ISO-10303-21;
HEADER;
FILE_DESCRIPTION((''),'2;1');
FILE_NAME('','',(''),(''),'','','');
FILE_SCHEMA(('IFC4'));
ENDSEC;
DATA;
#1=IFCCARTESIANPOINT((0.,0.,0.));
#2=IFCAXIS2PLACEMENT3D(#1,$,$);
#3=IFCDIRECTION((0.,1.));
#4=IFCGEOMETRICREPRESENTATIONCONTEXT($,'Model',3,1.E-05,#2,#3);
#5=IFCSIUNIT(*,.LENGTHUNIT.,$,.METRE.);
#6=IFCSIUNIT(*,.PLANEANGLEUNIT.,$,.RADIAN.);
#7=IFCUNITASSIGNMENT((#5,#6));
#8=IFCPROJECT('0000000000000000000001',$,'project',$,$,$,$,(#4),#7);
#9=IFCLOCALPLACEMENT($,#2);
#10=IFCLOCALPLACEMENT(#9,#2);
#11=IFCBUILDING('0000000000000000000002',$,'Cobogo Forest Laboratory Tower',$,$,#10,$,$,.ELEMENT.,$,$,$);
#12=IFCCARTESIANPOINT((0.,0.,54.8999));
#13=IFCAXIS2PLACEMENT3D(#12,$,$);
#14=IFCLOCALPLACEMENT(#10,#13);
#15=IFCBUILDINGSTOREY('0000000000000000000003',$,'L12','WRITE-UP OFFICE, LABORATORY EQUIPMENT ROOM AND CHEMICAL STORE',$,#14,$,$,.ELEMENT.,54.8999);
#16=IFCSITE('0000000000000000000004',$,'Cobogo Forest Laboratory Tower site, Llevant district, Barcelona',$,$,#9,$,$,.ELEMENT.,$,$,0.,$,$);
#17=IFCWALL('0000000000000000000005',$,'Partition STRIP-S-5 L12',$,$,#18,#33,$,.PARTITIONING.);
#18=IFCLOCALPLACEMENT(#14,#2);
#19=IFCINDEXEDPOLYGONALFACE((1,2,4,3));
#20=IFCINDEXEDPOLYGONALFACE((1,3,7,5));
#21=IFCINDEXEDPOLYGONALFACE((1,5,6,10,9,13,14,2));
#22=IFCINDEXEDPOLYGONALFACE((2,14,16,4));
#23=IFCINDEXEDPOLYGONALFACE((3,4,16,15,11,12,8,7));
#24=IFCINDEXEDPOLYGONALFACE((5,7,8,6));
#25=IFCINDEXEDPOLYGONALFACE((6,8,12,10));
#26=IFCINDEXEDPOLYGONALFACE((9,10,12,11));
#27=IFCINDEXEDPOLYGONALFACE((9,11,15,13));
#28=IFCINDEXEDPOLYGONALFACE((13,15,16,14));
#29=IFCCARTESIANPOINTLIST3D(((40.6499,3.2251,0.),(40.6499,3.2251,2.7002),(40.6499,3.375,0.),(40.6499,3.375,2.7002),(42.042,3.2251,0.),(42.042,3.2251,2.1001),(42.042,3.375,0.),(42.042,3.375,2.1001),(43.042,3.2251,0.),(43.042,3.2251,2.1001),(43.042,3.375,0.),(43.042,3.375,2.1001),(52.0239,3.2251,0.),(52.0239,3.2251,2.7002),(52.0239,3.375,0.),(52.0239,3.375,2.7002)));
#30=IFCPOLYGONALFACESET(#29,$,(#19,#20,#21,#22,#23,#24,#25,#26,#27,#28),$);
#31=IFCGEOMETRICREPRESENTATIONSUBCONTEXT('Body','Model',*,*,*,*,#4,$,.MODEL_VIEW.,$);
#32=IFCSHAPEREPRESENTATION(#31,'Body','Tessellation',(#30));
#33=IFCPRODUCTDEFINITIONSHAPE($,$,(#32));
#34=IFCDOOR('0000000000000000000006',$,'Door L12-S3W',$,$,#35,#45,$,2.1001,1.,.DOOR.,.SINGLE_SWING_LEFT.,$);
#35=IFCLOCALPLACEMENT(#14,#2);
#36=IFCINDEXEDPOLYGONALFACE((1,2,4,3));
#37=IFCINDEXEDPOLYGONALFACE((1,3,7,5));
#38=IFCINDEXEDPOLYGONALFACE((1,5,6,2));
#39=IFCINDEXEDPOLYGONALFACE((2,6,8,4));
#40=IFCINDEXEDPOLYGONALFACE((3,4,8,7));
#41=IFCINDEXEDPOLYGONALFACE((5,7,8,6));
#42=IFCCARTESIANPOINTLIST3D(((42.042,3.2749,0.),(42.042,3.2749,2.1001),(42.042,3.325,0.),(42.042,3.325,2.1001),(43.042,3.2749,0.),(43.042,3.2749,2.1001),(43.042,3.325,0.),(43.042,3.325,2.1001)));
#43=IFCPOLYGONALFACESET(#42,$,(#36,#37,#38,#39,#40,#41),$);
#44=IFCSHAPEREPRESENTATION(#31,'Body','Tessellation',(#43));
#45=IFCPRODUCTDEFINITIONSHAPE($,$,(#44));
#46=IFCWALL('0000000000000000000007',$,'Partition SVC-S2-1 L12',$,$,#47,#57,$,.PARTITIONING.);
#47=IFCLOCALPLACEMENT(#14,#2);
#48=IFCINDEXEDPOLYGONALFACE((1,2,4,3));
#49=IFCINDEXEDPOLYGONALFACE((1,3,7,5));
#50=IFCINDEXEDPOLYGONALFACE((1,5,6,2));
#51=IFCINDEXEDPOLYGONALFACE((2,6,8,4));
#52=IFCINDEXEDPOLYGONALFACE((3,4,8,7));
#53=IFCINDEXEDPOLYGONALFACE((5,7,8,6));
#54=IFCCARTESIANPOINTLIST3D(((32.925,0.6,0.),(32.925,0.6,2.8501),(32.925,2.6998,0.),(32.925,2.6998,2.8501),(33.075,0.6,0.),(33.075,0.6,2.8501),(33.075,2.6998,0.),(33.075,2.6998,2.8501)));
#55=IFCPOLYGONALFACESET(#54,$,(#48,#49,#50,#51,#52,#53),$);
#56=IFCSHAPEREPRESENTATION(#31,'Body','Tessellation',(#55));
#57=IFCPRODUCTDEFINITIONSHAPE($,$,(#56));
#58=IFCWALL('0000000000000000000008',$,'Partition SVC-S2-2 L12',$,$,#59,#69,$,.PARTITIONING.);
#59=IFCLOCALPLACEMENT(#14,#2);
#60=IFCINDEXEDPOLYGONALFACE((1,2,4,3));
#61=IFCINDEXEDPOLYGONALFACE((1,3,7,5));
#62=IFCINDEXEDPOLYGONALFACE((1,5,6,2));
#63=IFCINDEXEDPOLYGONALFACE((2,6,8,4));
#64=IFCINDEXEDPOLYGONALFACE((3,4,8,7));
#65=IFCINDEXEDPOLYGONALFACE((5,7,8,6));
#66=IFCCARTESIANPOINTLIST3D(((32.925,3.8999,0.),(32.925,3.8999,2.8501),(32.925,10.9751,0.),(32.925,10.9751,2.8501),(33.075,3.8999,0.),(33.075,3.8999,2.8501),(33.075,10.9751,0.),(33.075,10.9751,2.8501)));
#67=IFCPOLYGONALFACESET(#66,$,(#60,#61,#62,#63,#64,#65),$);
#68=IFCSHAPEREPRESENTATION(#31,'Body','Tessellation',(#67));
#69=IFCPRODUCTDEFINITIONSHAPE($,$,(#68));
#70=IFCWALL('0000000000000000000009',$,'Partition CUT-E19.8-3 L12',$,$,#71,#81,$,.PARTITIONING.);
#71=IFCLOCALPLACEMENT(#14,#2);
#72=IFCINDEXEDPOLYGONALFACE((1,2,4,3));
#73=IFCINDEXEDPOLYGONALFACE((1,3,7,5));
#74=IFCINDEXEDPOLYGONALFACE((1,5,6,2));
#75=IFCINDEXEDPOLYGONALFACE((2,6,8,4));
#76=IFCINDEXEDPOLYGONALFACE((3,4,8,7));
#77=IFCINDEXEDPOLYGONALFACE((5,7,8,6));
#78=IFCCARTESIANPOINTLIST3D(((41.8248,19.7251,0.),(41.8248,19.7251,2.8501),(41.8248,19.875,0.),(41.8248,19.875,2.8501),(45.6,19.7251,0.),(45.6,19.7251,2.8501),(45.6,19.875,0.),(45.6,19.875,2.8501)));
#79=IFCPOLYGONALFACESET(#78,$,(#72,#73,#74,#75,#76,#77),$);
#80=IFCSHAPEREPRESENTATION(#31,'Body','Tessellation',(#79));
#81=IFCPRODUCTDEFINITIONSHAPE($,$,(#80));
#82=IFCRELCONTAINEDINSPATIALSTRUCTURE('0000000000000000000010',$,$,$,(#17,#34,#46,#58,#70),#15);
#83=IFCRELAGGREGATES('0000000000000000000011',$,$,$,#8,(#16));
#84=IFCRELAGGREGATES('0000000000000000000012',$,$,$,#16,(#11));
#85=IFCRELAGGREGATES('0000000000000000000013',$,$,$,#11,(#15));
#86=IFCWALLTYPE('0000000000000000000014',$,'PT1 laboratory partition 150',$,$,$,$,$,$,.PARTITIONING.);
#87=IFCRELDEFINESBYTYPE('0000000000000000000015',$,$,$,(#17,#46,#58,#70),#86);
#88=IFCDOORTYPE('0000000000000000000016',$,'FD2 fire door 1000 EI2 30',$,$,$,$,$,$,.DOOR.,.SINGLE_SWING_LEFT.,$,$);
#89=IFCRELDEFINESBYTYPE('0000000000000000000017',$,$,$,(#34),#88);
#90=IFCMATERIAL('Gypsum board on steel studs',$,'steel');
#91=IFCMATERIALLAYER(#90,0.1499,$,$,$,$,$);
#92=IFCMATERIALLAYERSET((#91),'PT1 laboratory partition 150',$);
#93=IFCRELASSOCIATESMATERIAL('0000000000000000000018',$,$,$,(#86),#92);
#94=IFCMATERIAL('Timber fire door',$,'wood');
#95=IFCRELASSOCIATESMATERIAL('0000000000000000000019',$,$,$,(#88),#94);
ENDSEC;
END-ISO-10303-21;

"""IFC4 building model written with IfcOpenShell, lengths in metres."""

from ifc_helpers import new_model, si_unit, direction, frame, frame_2d, origin, place, context, subcontext, project, spatial, rectangle, extrude, material, layer, layer_set, type_object, element, fill, save


model = new_model("IFC4")

# Units and contexts
model_context = context("Model", 3, precision=1e-05, world=origin(), true_north=direction((0.0, 1.0)))
body_context = subcontext(model_context, "Body", "Model", "MODEL_VIEW")
ifc_project = project(units=[si_unit("LENGTHUNIT", "METRE"), si_unit("PLANEANGLEUNIT", "RADIAN")], contexts=[model_context])

# Site, building, storey
site_placement = place(None, origin())
site = spatial("IfcSite", under=ifc_project, at=site_placement, Name="Cobogo Forest Laboratory Tower site, Llevant district, Barcelona", CompositionType="ELEMENT", RefElevation=0.0)
building_placement = place(site_placement, origin())
building = spatial("IfcBuilding", under=site, at=building_placement, Name="Cobogo Forest Laboratory Tower", CompositionType="ELEMENT")
storey_placement = place(building_placement, frame((0.0, 0.0, 54.8999)))
storey = spatial("IfcBuildingStorey", under=building, at=storey_placement, Name="L12", Description="WRITE-UP OFFICE, LABORATORY EQUIPMENT ROOM AND CHEMICAL STORE", CompositionType="ELEMENT", Elevation=54.8999)

# Shared definitions
ifc_material_1 = material(Name="Gypsum board on steel studs", Category="steel")
ifc_layer_1 = layer(ifc_material_1, 0.1499)
ifc_layer_set_1 = layer_set([ifc_layer_1], Name="PT1 laboratory partition 150")
wall_type_1 = type_object("IfcWallType", Name="PT1 laboratory partition 150", PredefinedType="PARTITIONING", material=ifc_layer_set_1)

# Wall, opening, door
wall_1_placement = place(storey_placement, frame((40.6499, 3.3, 0.0), z_axis=(0.0, 0.0, 1.0), x_axis=(1.0, 0.0, 0.0)))
wall_1 = element("IfcWall", 1, at=wall_1_placement, inside=storey, type_object=wall_type_1, Name="Partition STRIP-S-5 L12", PredefinedType="PARTITIONING", context=body_context, shape_type="SweptSolid", body=[
    extrude(rectangle(XDim=11.374, YDim=0.1499, at=frame_2d((5.687, 0.0))), origin(), (0.0, 0.0, 1.0), 2.7002),
])
opening_1_placement = place(wall_1_placement, frame((1.3921, 0.0, 0.0)))
opening_1 = element("IfcOpeningElement", 2, at=opening_1_placement, cuts=wall_1, PredefinedType="OPENING", context=body_context, shape_type="SweptSolid", body=[
    extrude(rectangle(XDim=1.0, YDim=2.1001, at=frame_2d((0.5, 1.05))), frame((0.0, 0.085, 0.0), z_axis=(0.0, -1.0, 0.0), x_axis=(1.0, 0.0, 0.0)), (0.0, 0.0, 1.0), 0.1699),
])
ifc_material_2 = material(Name="Timber fire door", Category="wood")
door_type_1 = type_object("IfcDoorType", Name="FD2 fire door 1000 EI2 30", OperationType="SINGLE_SWING_LEFT", PredefinedType="DOOR", material=ifc_material_2)
door_1_placement = place(opening_1_placement, origin())
door_1 = element("IfcDoor", 3, at=door_1_placement, inside=storey, type_object=door_type_1, Name="Door L12-S3W", OperationType="SINGLE_SWING_LEFT", OverallHeight=2.1001, OverallWidth=1.0, PredefinedType="DOOR", context=body_context, shape_type="SweptSolid", body=[
    extrude(rectangle(XDim=1.0, YDim=2.1001, at=frame_2d((0.5, 1.05))), frame((0.0, 0.0249, 0.0), z_axis=(0.0, -1.0, 0.0), x_axis=(1.0, 0.0, 0.0)), (0.0, 0.0, 1.0), 0.05),
])
fill(opening_1, door_1)

# Walls
wall_2_placement = place(storey_placement, frame((33.0, 0.6001, 0.0), z_axis=(0.0, 0.0, 1.0), x_axis=(0.0, 1.0, 0.0)))
element("IfcWall", 4, at=wall_2_placement, inside=storey, type_object=wall_type_1, Name="Partition SVC-S2-1 L12", PredefinedType="PARTITIONING", context=body_context, shape_type="SweptSolid", body=[
    extrude(rectangle(XDim=2.0999, YDim=0.1499, at=frame_2d((1.0498, 0.0))), origin(), (0.0, 0.0, 1.0), 2.8501),
])
wall_3_placement = place(storey_placement, frame((33.0, 3.8999, 0.0), z_axis=(0.0, 0.0, 1.0), x_axis=(0.0, 1.0, 0.0)))
element("IfcWall", 5, at=wall_3_placement, inside=storey, type_object=wall_type_1, Name="Partition SVC-S2-2 L12", PredefinedType="PARTITIONING", context=body_context, shape_type="SweptSolid", body=[
    extrude(rectangle(XDim=7.0752, YDim=0.1499, at=frame_2d((3.5376, 0.0))), origin(), (0.0, 0.0, 1.0), 2.8501),
])
wall_4_placement = place(storey_placement, frame((45.6001, 19.8, 0.0), z_axis=(0.0, 0.0, 1.0), x_axis=(-1.0, 0.0, 0.0)))
element("IfcWall", 6, at=wall_4_placement, inside=storey, type_object=wall_type_1, Name="Partition CUT-E19.8-3 L12", PredefinedType="PARTITIONING", context=body_context, shape_type="SweptSolid", body=[
    extrude(rectangle(XDim=3.7751, YDim=0.1499, at=frame_2d((1.8877, 0.0))), origin(), (0.0, 0.0, 1.0), 2.8501),
])

save(model, "model.ifc")
